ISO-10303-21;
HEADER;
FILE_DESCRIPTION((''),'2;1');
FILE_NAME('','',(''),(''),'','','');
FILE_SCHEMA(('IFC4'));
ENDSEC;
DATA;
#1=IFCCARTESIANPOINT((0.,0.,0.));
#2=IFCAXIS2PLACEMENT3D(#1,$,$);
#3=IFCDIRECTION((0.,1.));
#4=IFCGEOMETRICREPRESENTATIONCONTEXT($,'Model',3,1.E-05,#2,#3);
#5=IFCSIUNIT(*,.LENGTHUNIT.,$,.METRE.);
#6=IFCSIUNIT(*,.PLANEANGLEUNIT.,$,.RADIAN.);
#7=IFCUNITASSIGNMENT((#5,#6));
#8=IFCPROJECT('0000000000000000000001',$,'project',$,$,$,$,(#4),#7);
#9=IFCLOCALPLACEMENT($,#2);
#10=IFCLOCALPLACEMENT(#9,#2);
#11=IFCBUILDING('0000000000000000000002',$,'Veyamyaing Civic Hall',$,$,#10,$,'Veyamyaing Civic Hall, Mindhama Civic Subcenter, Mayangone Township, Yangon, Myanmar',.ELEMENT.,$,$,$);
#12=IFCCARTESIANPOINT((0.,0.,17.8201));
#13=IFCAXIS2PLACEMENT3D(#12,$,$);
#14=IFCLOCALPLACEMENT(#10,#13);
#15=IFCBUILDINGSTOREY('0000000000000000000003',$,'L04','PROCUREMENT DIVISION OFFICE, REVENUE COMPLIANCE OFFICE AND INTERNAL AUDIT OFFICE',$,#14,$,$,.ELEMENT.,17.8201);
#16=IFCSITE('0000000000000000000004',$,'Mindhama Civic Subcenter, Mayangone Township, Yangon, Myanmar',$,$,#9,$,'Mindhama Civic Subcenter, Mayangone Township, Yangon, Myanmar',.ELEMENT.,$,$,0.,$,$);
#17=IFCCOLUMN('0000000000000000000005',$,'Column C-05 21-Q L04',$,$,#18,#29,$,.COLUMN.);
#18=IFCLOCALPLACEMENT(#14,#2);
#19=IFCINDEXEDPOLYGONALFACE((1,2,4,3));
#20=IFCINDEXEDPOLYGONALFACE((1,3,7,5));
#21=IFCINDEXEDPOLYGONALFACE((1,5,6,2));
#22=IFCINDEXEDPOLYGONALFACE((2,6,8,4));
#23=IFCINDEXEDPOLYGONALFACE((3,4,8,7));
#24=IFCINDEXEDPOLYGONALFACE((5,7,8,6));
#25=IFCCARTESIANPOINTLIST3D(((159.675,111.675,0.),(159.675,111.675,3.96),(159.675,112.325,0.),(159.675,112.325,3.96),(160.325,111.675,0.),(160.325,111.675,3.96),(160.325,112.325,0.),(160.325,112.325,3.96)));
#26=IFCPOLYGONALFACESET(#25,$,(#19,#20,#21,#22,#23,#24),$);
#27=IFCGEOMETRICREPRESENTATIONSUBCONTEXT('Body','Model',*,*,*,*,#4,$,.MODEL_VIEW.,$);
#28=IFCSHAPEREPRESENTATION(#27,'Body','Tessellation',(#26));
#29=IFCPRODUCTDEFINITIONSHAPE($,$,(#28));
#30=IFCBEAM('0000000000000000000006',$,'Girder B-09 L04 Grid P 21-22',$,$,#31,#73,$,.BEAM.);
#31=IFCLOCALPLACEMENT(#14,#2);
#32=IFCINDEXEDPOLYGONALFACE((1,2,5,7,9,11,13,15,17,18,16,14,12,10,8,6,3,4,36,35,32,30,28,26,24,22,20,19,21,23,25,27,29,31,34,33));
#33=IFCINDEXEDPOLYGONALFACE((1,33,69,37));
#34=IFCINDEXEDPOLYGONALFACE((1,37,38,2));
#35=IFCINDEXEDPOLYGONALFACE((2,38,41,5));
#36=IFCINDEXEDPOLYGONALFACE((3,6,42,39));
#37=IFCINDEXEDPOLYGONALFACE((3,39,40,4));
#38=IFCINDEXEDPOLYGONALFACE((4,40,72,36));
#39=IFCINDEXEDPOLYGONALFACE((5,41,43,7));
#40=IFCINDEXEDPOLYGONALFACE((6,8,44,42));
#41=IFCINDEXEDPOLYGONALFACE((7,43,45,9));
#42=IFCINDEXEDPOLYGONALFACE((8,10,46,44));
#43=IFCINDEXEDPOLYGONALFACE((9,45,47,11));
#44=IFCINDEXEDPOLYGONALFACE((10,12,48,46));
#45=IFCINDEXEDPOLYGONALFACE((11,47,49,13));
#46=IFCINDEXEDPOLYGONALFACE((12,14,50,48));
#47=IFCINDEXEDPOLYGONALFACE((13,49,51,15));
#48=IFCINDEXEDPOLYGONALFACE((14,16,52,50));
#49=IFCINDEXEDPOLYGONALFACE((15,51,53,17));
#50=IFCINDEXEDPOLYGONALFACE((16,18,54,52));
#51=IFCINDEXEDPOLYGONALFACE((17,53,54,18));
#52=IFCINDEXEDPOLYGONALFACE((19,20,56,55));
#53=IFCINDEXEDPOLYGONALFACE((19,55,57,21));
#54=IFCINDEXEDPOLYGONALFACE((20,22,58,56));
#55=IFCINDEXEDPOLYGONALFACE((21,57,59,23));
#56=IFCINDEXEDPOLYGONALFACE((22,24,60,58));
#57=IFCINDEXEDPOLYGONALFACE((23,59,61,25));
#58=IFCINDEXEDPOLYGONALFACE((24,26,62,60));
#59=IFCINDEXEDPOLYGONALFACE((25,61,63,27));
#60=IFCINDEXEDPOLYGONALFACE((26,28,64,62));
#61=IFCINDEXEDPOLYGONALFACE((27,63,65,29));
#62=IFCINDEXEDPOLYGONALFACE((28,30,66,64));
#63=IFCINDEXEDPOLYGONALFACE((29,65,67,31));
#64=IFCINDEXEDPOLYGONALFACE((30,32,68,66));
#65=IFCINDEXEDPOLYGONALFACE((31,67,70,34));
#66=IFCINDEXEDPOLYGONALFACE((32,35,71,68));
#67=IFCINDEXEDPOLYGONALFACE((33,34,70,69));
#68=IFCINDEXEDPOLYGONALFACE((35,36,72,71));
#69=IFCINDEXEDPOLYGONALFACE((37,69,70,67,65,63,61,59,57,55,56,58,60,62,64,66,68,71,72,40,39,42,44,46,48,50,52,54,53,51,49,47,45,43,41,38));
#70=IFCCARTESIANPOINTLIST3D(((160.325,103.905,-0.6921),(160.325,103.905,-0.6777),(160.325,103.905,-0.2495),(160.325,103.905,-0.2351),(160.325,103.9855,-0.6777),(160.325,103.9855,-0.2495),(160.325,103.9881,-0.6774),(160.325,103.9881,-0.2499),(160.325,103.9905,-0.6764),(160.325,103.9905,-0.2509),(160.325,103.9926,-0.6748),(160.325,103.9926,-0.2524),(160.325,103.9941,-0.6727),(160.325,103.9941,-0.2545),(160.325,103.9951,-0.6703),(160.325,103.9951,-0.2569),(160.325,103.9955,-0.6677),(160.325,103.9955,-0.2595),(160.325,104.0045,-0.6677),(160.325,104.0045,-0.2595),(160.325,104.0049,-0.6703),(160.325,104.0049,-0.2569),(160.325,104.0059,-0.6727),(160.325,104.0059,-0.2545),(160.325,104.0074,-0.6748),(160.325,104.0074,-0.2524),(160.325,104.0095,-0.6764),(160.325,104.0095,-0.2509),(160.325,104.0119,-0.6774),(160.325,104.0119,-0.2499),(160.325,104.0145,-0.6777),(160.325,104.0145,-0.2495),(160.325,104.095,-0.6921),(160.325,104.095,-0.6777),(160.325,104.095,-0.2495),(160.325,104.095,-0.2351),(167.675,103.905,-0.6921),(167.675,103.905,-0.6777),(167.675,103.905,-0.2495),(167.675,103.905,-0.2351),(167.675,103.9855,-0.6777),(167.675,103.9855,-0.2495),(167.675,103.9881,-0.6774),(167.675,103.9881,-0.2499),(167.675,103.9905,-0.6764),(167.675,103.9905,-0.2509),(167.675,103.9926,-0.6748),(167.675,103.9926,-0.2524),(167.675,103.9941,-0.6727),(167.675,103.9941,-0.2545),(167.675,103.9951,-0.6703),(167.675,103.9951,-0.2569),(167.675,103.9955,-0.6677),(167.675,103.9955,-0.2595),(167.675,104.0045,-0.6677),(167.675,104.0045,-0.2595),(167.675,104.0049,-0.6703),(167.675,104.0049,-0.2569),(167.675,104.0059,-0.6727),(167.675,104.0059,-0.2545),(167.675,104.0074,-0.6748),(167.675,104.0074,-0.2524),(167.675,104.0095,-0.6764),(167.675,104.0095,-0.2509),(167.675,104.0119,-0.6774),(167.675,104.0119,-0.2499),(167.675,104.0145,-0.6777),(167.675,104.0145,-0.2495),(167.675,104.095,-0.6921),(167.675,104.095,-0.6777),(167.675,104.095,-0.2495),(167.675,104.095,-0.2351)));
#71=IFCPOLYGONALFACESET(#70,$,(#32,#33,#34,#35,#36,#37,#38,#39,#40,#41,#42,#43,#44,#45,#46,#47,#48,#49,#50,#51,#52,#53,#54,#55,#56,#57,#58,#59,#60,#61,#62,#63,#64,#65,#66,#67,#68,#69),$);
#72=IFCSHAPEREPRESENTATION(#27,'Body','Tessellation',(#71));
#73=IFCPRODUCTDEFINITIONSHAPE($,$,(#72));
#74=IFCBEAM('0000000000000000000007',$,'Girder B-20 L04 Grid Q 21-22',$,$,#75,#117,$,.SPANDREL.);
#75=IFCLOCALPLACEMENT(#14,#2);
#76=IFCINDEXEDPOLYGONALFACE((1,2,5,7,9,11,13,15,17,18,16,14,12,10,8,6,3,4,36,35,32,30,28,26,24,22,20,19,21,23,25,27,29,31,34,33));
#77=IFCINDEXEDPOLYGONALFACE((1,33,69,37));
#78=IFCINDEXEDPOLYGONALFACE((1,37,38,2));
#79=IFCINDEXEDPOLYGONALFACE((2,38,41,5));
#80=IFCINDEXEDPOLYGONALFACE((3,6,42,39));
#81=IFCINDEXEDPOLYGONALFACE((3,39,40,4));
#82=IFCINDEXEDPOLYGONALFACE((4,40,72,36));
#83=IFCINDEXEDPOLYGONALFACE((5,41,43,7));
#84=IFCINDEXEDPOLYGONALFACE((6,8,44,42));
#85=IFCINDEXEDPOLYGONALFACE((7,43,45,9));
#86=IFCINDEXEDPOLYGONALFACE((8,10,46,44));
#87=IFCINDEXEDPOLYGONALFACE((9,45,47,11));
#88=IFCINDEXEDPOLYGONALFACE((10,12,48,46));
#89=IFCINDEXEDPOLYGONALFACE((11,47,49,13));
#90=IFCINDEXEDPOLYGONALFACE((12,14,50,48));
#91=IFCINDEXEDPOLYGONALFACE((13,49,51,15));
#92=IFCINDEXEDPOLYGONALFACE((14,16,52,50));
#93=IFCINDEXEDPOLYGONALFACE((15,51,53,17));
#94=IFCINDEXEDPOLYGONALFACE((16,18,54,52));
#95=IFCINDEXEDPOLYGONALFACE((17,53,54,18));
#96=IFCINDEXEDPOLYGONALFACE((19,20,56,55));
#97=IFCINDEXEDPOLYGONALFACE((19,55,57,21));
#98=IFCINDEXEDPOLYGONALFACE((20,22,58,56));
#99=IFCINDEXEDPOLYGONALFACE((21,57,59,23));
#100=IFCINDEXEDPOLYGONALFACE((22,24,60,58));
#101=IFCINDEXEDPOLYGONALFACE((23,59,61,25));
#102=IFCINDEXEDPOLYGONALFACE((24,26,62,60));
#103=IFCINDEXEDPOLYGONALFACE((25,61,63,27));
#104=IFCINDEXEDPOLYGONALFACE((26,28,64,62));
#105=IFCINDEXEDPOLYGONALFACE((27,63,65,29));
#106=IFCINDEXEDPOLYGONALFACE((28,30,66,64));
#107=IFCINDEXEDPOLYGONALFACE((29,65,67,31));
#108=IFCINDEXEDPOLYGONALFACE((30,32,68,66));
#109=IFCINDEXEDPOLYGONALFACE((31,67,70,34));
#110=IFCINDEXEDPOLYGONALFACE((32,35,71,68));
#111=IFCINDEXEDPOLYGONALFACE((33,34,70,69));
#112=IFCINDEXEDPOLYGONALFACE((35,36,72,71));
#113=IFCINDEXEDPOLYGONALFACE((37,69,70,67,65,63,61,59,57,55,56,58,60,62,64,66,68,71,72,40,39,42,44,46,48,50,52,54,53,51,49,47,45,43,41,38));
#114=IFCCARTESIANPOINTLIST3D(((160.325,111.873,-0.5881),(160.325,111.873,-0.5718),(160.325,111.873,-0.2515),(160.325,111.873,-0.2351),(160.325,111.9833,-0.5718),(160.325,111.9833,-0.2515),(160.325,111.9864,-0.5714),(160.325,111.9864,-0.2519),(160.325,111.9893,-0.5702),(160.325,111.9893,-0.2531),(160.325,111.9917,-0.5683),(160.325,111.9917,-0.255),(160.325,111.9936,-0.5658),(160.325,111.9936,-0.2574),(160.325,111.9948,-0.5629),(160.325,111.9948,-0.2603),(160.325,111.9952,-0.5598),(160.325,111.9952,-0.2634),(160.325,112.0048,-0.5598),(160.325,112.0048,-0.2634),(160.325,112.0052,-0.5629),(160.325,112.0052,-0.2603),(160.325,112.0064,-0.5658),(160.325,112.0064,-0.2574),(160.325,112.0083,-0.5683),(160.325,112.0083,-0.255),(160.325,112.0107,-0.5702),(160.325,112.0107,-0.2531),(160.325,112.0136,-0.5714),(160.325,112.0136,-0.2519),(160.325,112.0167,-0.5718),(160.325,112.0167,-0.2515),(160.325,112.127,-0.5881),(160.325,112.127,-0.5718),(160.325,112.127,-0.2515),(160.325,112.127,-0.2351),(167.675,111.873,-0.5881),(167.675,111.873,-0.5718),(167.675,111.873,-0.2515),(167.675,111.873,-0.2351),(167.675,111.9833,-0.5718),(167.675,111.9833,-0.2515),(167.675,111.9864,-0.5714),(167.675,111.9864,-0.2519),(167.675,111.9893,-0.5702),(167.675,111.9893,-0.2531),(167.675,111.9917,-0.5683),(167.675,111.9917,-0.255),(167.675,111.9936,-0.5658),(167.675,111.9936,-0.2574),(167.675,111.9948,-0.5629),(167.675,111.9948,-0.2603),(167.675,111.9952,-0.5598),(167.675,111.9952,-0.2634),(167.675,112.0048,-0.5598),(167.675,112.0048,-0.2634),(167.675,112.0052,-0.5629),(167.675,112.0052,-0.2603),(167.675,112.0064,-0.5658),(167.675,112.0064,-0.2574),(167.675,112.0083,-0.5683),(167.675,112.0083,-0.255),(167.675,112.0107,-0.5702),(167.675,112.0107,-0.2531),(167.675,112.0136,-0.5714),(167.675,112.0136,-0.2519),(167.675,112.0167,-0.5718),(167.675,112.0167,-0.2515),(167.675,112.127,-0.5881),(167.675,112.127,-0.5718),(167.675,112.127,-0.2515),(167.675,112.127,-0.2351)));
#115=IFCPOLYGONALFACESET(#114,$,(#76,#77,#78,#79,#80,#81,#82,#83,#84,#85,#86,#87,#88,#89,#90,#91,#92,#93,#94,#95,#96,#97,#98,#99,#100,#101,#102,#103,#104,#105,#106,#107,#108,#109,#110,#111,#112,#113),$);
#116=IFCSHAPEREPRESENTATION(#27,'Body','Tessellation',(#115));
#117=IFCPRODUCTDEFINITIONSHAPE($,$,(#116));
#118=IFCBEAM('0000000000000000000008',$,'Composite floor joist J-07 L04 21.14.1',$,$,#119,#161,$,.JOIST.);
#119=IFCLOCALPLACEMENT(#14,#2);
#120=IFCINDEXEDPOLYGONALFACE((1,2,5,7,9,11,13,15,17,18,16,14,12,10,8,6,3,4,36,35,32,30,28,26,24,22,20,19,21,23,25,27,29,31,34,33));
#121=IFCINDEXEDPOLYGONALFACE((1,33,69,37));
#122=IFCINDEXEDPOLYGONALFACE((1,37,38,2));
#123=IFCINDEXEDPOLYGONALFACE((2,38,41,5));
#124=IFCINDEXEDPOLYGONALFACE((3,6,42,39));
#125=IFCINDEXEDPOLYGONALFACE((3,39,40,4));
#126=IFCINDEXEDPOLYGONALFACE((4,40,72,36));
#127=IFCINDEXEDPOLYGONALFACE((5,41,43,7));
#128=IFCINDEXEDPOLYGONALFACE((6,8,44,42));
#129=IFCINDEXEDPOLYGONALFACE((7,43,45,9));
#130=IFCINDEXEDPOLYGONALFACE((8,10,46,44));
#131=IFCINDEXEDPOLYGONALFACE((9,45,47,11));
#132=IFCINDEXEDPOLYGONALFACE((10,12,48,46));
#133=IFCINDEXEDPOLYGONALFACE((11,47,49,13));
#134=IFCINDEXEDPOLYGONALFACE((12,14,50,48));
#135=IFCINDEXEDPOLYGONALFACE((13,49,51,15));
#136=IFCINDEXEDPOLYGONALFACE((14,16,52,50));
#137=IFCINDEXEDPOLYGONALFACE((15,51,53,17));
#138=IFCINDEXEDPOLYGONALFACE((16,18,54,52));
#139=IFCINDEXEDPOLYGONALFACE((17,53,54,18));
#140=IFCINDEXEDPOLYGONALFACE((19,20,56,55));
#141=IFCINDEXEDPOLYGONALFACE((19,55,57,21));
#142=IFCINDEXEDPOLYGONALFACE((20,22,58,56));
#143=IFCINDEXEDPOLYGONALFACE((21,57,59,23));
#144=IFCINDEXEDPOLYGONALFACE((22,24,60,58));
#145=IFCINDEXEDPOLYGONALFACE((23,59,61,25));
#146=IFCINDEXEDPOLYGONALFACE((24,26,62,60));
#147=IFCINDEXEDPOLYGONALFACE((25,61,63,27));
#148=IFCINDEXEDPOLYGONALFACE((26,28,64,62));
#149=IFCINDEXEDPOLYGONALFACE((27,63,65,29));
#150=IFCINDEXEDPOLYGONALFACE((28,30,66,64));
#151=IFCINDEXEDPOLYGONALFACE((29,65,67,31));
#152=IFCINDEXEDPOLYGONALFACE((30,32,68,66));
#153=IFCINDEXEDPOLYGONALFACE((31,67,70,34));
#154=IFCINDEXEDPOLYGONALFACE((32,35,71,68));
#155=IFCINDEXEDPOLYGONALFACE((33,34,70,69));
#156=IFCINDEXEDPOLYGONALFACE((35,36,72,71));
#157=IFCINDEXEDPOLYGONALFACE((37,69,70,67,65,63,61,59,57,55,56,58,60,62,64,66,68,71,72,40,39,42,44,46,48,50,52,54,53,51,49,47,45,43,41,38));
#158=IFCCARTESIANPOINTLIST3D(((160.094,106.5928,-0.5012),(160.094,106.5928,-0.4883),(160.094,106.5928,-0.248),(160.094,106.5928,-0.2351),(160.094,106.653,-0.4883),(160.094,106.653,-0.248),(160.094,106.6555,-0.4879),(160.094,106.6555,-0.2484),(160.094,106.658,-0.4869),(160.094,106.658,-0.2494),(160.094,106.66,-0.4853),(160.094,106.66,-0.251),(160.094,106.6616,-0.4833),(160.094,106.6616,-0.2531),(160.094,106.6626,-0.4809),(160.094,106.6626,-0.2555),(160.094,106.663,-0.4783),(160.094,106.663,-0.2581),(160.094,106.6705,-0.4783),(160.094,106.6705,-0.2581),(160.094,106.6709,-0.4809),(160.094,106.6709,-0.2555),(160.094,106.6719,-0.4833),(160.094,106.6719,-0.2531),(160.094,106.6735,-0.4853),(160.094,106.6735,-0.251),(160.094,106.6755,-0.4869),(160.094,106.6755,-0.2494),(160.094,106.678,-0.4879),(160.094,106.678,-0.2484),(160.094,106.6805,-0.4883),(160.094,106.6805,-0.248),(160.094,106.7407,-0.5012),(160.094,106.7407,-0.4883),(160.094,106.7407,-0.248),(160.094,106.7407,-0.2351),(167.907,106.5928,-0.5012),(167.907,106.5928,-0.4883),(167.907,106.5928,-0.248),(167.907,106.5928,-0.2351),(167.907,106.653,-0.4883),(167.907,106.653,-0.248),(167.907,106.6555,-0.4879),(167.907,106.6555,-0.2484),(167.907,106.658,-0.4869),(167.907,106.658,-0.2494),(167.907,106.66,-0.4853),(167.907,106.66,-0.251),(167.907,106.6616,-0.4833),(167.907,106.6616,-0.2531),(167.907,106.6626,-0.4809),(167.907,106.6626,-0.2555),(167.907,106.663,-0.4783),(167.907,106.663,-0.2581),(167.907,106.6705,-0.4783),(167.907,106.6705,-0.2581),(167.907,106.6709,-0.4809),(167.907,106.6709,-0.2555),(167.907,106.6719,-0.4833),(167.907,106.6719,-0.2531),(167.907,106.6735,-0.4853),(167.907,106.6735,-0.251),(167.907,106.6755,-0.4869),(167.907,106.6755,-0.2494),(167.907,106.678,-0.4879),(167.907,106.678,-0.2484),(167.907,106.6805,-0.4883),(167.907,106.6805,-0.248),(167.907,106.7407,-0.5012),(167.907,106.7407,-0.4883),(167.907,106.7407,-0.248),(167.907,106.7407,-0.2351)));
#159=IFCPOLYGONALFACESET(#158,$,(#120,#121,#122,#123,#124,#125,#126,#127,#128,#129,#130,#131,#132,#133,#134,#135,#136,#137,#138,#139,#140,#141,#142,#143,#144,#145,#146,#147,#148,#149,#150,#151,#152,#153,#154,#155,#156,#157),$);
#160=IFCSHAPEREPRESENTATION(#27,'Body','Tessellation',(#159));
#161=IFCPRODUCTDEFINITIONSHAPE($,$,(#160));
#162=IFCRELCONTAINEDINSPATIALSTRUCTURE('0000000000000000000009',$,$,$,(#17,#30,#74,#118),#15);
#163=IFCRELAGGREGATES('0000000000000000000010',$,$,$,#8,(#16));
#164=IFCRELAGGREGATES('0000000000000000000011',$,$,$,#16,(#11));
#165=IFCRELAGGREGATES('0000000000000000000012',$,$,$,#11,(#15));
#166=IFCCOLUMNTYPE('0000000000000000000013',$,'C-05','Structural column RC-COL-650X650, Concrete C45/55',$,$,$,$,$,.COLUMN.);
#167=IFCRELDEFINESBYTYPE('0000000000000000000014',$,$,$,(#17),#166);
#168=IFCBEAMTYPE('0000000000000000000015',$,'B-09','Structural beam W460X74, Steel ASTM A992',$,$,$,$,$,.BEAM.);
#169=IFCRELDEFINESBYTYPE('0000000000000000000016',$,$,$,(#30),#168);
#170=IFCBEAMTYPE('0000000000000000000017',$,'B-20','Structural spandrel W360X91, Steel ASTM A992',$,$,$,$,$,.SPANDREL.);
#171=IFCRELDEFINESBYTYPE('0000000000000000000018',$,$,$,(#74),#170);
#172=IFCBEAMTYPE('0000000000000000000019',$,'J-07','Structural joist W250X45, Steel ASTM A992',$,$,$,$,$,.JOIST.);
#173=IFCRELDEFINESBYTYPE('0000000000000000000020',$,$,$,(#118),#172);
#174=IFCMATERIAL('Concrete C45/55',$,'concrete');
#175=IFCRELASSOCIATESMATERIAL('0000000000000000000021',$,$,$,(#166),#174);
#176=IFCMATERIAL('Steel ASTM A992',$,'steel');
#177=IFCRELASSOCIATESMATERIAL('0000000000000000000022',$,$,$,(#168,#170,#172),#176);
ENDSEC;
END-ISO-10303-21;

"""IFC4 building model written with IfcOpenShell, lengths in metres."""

from ifc_helpers import new_model, si_unit, direction, frame, origin, origin_2d, place, context, subcontext, project, spatial, rectangle, i_section, extrude, material, material_profile, profile_set, type_object, element, save


model = new_model("IFC4")

# Units and contexts
model_context = context("Model", 3, precision=1e-05, world=origin(), true_north=direction((0.0, 1.0)))
body_context = subcontext(model_context, "Body", "Model", "MODEL_VIEW")
ifc_project = project(units=[si_unit("LENGTHUNIT", "METRE"), si_unit("PLANEANGLEUNIT", "RADIAN")], contexts=[model_context])

# Site, building, storey
site_placement = place(None, origin())
site = spatial("IfcSite", under=ifc_project, at=site_placement, Name="Mindhama Civic Subcenter, Mayangone Township, Yangon, Myanmar", LongName="Mindhama Civic Subcenter, Mayangone Township, Yangon, Myanmar", CompositionType="ELEMENT", RefElevation=0.0)
building_placement = place(site_placement, origin())
building = spatial("IfcBuilding", under=site, at=building_placement, Name="Veyamyaing Civic Hall", LongName="Veyamyaing Civic Hall, Mindhama Civic Subcenter, Mayangone Township, Yangon, Myanmar", CompositionType="ELEMENT")
storey_placement = place(building_placement, frame((0.0, 0.0, 17.8201)))
storey = spatial("IfcBuildingStorey", under=building, at=storey_placement, Name="L04", Description="PROCUREMENT DIVISION OFFICE, REVENUE COMPLIANCE OFFICE AND INTERNAL AUDIT OFFICE", CompositionType="ELEMENT", Elevation=17.8201)

# Column
ifc_material_1 = material(Name="Concrete C45/55", Category="concrete")
ifc_material_profile_1 = material_profile(ifc_material_1, rectangle(XDim=0.6499, YDim=0.6499, at=origin_2d()), Name="RC-COL-650X650")
ifc_profile_set_1 = profile_set([ifc_material_profile_1], Name="Concrete C45/55")
column_type = type_object("IfcColumnType", Name="C-05", Description="Structural column RC-COL-650X650, Concrete C45/55", PredefinedType="COLUMN", material=ifc_profile_set_1)
column_placement = place(storey_placement, frame((160.0, 112.0, 0.0), z_axis=(0.0, 0.0, 1.0), x_axis=(1.0, 0.0, 0.0)))
element("IfcColumn", 1, at=column_placement, inside=storey, type_object=column_type, Name="Column C-05 21-Q L04", PredefinedType="COLUMN", context=body_context, shape_type="SweptSolid", body=[
    extrude(rectangle(XDim=0.6499, YDim=0.6499, at=origin_2d()), origin(), (0.0, 0.0, 1.0), 3.96),
])

# Beams
ifc_material_2 = material(Name="Steel ASTM A992", Category="steel")
ifc_material_profile_2 = material_profile(ifc_material_2, i_section(OverallWidth=0.1899, OverallDepth=0.457, WebThickness=0.009, FlangeThickness=0.0144, FilletRadius=0.01, at=origin_2d()), Name="W460X74")
ifc_profile_set_2 = profile_set([ifc_material_profile_2], Name="Steel ASTM A992")
beam_type_1 = type_object("IfcBeamType", Name="B-09", Description="Structural beam W460X74, Steel ASTM A992", PredefinedType="BEAM", material=ifc_profile_set_2)
beam_1_placement = place(storey_placement, frame((160.325, 104.0, -0.4636), z_axis=(1.0, 0.0, 0.0), x_axis=(0.0, 1.0, 0.0)))
element("IfcBeam", 2, at=beam_1_placement, inside=storey, type_object=beam_type_1, Name="Girder B-09 L04 Grid P 21-22", PredefinedType="BEAM", context=body_context, shape_type="SweptSolid", body=[
    extrude(i_section(OverallWidth=0.1899, OverallDepth=0.457, WebThickness=0.009, FlangeThickness=0.0144, FilletRadius=0.01, at=origin_2d()), origin(), (0.0, 0.0, 1.0), 7.3501),
])
ifc_material_profile_3 = material_profile(ifc_material_2, i_section(OverallWidth=0.2539, OverallDepth=0.353, WebThickness=0.0095, FlangeThickness=0.0164, FilletRadius=0.012, at=origin_2d()), Name="W360X91")
ifc_profile_set_3 = profile_set([ifc_material_profile_3], Name="Steel ASTM A992")
beam_type_2 = type_object("IfcBeamType", Name="B-20", Description="Structural spandrel W360X91, Steel ASTM A992", PredefinedType="SPANDREL", material=ifc_profile_set_3)
beam_2_placement = place(storey_placement, frame((160.325, 112.0, -0.4116), z_axis=(1.0, 0.0, 0.0), x_axis=(0.0, 1.0, 0.0)))
element("IfcBeam", 3, at=beam_2_placement, inside=storey, type_object=beam_type_2, Name="Girder B-20 L04 Grid Q 21-22", PredefinedType="SPANDREL", context=body_context, shape_type="SweptSolid", body=[
    extrude(i_section(OverallWidth=0.2539, OverallDepth=0.353, WebThickness=0.0095, FlangeThickness=0.0164, FilletRadius=0.012, at=origin_2d()), origin(), (0.0, 0.0, 1.0), 7.3501),
])
ifc_material_profile_4 = material_profile(ifc_material_2, i_section(OverallWidth=0.1479, OverallDepth=0.2661, WebThickness=0.0076, FlangeThickness=0.0129, FilletRadius=0.01, at=origin_2d()), Name="W250X45")
ifc_profile_set_4 = profile_set([ifc_material_profile_4], Name="Steel ASTM A992")
beam_type_3 = type_object("IfcBeamType", Name="J-07", Description="Structural joist W250X45, Steel ASTM A992", PredefinedType="JOIST", material=ifc_profile_set_4)
for number, where, z_axis, x_axis, name in (
    (4, (160.094, 106.6667, -0.3682), (1.0, 0.0, 0.0), (0.0, 1.0, 0.0), "Composite floor joist J-07 L04 21.14.1"),
):
    element("IfcBeam", number, at=place(storey_placement, frame(where, z_axis=z_axis, x_axis=x_axis)), inside=storey, type_object=beam_type_3, Name=name, PredefinedType="JOIST", context=body_context, shape_type="SweptSolid", body=[
        extrude(i_section(OverallWidth=0.1479, OverallDepth=0.2661, WebThickness=0.0076, FlangeThickness=0.0129, FilletRadius=0.01, at=origin_2d()), origin(), (0.0, 0.0, 1.0), 7.813),
    ])

save(model, "model.ifc")
